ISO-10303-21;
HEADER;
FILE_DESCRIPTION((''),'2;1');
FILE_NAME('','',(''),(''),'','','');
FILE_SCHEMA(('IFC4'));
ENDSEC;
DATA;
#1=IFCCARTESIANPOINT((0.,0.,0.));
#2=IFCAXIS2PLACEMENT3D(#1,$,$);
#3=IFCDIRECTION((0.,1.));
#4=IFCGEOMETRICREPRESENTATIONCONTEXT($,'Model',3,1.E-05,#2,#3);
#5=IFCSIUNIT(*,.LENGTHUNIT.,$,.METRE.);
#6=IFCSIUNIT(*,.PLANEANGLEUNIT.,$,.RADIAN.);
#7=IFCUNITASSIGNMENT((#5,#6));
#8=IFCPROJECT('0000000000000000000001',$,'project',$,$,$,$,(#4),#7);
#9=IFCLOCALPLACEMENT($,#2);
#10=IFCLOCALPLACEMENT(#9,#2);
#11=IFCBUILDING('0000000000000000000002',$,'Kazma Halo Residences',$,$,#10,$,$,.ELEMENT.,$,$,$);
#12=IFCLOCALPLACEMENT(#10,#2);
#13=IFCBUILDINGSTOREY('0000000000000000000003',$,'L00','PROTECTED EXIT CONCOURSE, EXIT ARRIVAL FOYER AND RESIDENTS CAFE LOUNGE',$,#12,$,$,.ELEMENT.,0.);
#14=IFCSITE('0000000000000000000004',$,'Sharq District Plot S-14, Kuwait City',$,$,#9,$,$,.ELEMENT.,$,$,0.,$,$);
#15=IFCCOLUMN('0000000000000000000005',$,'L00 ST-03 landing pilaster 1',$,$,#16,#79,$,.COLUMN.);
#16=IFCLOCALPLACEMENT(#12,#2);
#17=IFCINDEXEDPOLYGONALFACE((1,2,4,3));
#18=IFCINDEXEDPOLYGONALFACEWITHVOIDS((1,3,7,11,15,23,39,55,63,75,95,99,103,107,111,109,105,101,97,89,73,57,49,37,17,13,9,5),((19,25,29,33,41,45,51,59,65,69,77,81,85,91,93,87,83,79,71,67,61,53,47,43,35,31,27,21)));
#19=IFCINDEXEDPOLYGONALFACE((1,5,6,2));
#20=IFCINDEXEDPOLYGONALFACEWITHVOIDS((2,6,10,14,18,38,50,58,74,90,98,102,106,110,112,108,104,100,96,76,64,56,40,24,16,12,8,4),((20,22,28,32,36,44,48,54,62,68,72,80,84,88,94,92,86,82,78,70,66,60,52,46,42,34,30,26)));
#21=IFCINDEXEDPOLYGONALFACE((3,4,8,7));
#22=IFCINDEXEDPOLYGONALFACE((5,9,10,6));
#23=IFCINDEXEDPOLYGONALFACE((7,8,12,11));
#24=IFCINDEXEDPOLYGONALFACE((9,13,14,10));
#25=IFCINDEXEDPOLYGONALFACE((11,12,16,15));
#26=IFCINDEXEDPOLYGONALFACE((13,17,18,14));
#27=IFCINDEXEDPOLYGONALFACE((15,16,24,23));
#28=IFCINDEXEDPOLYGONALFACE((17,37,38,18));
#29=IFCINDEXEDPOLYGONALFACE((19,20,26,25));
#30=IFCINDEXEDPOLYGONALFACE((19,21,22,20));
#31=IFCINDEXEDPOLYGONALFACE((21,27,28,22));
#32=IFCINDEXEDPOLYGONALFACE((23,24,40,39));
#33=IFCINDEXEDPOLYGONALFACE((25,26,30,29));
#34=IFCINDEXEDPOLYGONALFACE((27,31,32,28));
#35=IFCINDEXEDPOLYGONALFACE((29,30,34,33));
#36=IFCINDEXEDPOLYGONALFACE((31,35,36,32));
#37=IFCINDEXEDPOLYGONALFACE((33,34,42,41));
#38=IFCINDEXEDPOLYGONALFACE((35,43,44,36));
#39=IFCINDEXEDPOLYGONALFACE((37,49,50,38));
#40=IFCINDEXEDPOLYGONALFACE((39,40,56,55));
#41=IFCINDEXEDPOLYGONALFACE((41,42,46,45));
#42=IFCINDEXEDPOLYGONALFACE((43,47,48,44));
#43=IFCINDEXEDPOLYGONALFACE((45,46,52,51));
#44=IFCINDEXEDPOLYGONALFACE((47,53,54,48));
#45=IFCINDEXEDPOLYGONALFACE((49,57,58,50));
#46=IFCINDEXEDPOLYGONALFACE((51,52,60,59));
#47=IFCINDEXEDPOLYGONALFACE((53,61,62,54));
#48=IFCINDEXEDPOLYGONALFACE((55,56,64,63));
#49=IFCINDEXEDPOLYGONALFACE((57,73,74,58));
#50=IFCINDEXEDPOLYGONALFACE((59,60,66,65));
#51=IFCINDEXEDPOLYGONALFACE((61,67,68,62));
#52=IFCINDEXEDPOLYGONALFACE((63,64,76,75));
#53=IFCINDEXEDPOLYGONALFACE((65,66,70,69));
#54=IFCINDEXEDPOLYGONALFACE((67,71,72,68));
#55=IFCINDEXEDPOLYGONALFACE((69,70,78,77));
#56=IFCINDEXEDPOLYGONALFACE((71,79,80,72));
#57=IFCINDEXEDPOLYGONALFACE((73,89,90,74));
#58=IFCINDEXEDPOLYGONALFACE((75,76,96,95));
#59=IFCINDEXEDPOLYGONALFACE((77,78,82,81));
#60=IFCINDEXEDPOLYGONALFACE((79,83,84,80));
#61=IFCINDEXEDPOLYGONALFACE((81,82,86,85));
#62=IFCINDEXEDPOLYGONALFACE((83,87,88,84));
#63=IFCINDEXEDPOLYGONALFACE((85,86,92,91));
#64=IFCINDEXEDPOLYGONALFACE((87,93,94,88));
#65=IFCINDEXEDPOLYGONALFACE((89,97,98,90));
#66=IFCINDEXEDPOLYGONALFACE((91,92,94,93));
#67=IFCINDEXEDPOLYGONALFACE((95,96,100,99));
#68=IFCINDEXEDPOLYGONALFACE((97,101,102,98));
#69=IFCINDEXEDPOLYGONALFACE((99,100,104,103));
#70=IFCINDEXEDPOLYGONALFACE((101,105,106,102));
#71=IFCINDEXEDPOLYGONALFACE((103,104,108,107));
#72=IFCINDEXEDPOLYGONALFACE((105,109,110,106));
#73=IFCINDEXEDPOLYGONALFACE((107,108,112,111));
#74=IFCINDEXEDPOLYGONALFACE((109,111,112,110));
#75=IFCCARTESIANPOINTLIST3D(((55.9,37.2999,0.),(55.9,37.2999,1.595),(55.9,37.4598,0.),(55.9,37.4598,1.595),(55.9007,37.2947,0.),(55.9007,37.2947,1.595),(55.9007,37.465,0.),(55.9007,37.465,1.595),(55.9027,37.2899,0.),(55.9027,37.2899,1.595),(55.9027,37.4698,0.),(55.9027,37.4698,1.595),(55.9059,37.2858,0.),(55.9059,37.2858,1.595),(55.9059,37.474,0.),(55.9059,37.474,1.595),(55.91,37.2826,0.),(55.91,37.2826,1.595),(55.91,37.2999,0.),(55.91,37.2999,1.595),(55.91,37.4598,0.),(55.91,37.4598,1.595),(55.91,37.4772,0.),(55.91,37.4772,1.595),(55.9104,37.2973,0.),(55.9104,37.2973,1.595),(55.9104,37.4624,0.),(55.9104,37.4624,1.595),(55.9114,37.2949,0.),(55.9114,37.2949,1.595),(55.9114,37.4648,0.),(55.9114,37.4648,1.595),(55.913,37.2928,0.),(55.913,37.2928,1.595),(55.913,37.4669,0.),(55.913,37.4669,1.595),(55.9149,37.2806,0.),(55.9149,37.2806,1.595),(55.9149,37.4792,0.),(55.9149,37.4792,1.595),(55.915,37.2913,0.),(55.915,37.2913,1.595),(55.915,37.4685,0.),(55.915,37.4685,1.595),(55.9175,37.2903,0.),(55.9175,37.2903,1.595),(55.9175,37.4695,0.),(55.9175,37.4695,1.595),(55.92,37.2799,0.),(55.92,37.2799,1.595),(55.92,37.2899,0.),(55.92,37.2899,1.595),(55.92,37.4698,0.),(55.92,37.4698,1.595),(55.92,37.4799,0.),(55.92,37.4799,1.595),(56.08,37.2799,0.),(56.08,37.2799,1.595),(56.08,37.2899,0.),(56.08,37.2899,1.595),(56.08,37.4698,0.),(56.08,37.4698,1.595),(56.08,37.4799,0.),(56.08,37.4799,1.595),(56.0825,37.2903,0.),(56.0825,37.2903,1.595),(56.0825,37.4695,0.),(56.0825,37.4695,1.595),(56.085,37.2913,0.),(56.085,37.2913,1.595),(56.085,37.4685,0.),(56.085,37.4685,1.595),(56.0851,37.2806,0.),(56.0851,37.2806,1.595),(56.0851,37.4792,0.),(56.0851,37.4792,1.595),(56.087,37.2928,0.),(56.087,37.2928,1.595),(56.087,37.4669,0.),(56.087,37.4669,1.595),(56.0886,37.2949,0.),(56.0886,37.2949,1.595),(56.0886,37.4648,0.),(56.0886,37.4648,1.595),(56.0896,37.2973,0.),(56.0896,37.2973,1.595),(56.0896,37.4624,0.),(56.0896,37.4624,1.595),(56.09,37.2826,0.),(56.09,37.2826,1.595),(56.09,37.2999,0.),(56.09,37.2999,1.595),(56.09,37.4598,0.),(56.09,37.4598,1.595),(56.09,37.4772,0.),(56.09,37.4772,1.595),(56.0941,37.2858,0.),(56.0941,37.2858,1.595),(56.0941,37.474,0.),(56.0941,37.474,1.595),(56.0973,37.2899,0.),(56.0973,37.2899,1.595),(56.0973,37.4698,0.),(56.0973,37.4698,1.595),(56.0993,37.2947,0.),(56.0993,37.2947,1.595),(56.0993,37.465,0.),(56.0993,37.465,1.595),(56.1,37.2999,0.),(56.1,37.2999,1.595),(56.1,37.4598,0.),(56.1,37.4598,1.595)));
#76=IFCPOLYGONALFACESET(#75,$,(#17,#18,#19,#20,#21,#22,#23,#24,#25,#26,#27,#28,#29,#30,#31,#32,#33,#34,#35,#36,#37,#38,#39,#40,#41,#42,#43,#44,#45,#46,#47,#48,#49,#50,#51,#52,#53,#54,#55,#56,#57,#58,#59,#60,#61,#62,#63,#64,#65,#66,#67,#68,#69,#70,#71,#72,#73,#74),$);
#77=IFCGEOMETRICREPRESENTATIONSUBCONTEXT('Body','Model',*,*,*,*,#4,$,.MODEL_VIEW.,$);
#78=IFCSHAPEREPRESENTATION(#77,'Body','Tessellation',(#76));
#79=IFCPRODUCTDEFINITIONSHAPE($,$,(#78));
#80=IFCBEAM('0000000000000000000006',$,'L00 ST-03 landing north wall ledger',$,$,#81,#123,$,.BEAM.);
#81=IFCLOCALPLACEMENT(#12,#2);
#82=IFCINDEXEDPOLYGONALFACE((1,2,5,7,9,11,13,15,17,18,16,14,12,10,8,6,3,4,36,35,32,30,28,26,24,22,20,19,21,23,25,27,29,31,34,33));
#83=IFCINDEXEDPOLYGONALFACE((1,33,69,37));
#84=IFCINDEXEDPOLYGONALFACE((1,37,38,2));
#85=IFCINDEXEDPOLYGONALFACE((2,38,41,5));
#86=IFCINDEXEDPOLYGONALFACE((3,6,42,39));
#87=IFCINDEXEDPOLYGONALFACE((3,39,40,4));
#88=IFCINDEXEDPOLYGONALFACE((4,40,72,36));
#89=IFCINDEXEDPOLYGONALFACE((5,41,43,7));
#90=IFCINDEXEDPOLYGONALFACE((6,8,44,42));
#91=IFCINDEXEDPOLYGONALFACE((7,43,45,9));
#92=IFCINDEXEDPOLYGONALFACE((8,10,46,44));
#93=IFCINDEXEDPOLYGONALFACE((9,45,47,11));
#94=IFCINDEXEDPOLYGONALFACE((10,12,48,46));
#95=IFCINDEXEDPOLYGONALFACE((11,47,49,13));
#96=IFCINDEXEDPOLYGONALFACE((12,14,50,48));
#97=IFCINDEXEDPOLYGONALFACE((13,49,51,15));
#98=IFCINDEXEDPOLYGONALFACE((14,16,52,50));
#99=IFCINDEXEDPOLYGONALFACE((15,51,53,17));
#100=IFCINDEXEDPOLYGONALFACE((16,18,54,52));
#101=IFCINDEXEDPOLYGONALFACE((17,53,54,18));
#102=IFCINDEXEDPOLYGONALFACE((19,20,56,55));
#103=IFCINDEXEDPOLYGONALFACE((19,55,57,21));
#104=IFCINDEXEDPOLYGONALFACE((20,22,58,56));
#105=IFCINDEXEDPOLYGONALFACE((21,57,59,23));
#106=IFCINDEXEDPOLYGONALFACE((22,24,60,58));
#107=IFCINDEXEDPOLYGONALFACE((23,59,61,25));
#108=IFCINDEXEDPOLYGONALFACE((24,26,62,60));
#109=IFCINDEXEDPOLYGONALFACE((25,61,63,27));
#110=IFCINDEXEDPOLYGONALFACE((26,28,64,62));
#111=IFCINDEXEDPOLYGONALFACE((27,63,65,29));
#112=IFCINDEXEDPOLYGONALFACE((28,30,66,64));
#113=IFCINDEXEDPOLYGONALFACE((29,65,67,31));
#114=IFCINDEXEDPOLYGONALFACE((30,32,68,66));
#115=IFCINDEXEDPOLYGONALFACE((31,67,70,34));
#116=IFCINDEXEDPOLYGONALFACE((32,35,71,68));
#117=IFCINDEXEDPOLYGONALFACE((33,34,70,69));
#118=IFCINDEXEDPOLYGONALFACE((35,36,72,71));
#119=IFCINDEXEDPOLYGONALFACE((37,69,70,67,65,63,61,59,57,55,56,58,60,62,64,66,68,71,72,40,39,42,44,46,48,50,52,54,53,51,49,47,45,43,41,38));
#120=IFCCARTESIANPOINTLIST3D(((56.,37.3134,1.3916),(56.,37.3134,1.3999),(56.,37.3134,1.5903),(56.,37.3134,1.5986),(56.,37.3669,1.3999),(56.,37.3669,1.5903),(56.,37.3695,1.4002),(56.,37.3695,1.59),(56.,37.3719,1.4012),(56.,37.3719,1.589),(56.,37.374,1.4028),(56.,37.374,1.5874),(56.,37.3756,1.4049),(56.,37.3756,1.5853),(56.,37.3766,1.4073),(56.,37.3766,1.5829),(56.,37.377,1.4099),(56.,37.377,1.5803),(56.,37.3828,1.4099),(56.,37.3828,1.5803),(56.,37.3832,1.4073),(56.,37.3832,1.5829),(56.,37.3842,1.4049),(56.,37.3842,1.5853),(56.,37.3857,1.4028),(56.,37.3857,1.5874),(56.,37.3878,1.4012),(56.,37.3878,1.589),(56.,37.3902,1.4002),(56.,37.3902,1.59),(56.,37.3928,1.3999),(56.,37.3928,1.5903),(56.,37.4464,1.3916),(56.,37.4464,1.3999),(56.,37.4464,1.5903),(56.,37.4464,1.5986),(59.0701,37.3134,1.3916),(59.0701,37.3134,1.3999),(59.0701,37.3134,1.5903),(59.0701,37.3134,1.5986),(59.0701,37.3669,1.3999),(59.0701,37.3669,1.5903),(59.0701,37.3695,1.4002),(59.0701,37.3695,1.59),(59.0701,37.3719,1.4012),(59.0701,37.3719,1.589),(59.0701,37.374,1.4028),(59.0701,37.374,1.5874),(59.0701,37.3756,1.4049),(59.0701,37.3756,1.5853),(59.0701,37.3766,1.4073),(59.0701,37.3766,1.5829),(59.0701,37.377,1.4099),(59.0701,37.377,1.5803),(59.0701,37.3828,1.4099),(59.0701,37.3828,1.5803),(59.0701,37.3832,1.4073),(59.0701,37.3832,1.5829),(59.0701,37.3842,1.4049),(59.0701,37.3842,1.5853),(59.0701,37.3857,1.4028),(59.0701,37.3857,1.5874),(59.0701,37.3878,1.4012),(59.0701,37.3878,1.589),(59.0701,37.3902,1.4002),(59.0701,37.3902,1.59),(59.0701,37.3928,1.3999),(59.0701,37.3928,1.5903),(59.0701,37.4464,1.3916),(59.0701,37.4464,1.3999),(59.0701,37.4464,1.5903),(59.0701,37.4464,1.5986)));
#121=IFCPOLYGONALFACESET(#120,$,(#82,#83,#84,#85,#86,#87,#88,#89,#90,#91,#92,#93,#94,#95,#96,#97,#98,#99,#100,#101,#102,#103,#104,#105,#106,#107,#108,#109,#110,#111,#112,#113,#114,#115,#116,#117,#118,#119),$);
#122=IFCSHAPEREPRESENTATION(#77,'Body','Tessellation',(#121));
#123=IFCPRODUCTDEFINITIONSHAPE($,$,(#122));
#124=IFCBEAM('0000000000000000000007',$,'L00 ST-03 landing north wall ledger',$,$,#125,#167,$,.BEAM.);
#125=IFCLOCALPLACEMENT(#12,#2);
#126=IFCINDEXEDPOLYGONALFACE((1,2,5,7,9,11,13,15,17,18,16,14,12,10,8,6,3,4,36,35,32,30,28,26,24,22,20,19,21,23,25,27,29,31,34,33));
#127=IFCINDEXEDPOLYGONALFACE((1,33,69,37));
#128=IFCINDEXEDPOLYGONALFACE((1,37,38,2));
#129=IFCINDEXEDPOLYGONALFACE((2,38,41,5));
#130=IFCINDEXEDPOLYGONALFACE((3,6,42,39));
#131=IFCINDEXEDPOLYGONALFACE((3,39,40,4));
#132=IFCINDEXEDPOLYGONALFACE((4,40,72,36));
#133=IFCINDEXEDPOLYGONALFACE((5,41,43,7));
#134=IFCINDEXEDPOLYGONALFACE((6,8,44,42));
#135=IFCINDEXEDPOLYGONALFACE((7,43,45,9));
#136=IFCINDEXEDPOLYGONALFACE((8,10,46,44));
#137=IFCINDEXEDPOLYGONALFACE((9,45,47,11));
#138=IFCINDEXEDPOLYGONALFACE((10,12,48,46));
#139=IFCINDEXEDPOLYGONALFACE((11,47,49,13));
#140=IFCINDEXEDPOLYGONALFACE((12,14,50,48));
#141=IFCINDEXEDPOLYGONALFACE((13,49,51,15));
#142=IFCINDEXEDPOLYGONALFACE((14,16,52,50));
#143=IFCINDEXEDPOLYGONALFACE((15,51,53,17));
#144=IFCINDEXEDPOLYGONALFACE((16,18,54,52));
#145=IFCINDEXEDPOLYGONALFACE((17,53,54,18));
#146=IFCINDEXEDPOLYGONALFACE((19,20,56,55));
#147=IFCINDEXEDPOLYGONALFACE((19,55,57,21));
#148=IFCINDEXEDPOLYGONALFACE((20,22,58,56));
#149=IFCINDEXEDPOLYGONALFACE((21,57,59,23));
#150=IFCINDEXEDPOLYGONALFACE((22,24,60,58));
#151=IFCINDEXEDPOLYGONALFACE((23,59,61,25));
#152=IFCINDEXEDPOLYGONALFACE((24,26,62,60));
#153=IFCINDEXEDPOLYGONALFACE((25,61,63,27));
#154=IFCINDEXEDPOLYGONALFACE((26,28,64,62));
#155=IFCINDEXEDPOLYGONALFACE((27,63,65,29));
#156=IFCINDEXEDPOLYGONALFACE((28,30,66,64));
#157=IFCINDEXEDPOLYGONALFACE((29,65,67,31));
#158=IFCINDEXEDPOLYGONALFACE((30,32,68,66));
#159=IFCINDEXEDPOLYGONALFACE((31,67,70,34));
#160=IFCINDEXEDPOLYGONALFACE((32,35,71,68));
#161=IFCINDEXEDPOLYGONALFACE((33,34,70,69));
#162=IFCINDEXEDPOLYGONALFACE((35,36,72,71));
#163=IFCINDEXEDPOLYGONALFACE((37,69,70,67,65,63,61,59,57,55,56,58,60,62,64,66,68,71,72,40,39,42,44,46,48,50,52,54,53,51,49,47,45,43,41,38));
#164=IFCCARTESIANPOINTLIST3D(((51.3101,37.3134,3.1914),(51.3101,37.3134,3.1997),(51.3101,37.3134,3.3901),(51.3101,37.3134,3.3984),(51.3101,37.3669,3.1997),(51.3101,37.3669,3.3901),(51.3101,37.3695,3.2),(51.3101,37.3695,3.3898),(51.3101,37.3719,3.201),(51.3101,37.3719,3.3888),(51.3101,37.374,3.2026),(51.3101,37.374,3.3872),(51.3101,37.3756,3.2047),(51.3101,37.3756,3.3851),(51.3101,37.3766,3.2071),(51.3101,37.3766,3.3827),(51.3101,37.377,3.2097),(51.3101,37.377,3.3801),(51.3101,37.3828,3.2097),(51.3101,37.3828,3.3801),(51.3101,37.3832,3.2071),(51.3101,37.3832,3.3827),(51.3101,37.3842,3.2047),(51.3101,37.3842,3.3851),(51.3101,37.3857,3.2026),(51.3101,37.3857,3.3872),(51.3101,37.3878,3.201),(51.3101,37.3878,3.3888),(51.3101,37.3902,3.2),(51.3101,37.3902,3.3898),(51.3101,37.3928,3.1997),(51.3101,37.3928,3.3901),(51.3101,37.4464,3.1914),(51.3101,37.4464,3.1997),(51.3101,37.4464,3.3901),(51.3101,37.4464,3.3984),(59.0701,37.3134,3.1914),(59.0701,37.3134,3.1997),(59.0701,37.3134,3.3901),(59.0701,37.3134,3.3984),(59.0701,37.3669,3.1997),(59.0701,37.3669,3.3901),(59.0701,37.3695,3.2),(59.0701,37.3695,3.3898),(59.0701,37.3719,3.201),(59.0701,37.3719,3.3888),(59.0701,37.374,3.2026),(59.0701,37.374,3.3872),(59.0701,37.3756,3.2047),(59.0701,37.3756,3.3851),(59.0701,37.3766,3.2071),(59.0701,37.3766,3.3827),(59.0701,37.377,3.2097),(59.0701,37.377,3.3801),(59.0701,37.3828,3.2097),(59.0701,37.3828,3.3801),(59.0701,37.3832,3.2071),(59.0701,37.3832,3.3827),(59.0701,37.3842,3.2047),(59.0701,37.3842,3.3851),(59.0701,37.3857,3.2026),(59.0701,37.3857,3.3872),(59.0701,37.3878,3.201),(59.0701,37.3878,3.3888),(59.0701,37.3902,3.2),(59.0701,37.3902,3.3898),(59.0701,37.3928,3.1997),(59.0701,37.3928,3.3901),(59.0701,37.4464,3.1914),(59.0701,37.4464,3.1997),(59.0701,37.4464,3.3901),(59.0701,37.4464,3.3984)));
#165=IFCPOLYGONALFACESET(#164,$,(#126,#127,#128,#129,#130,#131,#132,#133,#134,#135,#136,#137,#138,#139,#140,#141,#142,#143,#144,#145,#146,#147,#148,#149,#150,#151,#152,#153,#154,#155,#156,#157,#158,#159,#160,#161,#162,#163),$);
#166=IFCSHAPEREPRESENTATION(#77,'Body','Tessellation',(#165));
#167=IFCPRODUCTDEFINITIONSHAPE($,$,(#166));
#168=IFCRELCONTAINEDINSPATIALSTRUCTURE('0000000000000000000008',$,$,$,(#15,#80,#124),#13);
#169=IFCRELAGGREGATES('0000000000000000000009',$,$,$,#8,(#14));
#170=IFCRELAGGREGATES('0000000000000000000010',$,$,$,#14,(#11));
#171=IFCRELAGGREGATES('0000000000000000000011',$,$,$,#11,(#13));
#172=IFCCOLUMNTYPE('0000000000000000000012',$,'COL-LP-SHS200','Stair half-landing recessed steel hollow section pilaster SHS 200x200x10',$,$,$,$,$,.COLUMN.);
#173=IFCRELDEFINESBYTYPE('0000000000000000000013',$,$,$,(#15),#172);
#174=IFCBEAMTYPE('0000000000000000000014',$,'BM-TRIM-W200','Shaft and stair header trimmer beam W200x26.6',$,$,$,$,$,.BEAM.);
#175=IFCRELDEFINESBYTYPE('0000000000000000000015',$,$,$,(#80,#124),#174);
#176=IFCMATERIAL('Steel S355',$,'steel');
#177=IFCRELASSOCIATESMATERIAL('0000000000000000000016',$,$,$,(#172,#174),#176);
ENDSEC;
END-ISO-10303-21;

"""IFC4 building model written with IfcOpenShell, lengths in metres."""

from ifc_helpers import new_model, si_unit, direction, frame, origin, origin_2d, place, context, subcontext, project, spatial, hollow_rectangle, i_section, extrude, material, material_profile, profile_set, type_object, element, save


model = new_model("IFC4")

# Units and contexts
model_context = context("Model", 3, precision=1e-05, world=origin(), true_north=direction((0.0, 1.0)))
body_context = subcontext(model_context, "Body", "Model", "MODEL_VIEW")
ifc_project = project(units=[si_unit("LENGTHUNIT", "METRE"), si_unit("PLANEANGLEUNIT", "RADIAN")], contexts=[model_context])

# Site, building, storey
site_placement = place(None, origin())
site = spatial("IfcSite", under=ifc_project, at=site_placement, Name="Sharq District Plot S-14, Kuwait City", CompositionType="ELEMENT", RefElevation=0.0)
building_placement = place(site_placement, origin())
building = spatial("IfcBuilding", under=site, at=building_placement, Name="Kazma Halo Residences", CompositionType="ELEMENT")
storey_placement = place(building_placement, origin())
storey = spatial("IfcBuildingStorey", under=building, at=storey_placement, Name="L00", Description="PROTECTED EXIT CONCOURSE, EXIT ARRIVAL FOYER AND RESIDENTS CAFE LOUNGE", CompositionType="ELEMENT", Elevation=0.0)

# Column
ifc_material_1 = material(Name="Steel S355", Category="steel")
ifc_material_profile_1 = material_profile(ifc_material_1, hollow_rectangle(XDim=0.2, YDim=0.2, WallThickness=0.01, InnerFilletRadius=0.01, OuterFilletRadius=0.02, at=origin_2d()), Name="SHS200x200x10")
ifc_profile_set_1 = profile_set([ifc_material_profile_1], Name="Steel S355")
column_type = type_object("IfcColumnType", Name="COL-LP-SHS200", Description="Stair half-landing recessed steel hollow section pilaster SHS 200x200x10", PredefinedType="COLUMN", material=ifc_profile_set_1)
column_placement = place(storey_placement, frame((56.0, 37.3799, 0.0), z_axis=(0.0, 0.0, 1.0), x_axis=(1.0, 0.0, 0.0)))
element("IfcColumn", 1, at=column_placement, inside=storey, type_object=column_type, Name="L00 ST-03 landing pilaster 1", PredefinedType="COLUMN", context=body_context, shape_type="SweptSolid", body=[
    extrude(hollow_rectangle(XDim=0.2, YDim=0.2, WallThickness=0.01, InnerFilletRadius=0.01, OuterFilletRadius=0.02, at=origin_2d()), origin(), (0.0, 0.0, 1.0), 1.595),
])

# Beams
ifc_material_profile_2 = material_profile(ifc_material_1, i_section(OverallWidth=0.1331, OverallDepth=0.207, WebThickness=0.0059, FlangeThickness=0.0083, FilletRadius=0.01, at=origin_2d()), Name="W200x26.6")
ifc_profile_set_2 = profile_set([ifc_material_profile_2], Name="Steel S355")
beam_type = type_object("IfcBeamType", Name="BM-TRIM-W200", Description="Shaft and stair header trimmer beam W200x26.6", PredefinedType="BEAM", material=ifc_profile_set_2)
beam_1_placement = place(storey_placement, frame((56.0, 37.3799, 1.4951), z_axis=(1.0, 0.0, 0.0), x_axis=(0.0, 1.0, 0.0)))
element("IfcBeam", 2, at=beam_1_placement, inside=storey, type_object=beam_type, Name="L00 ST-03 landing north wall ledger", PredefinedType="BEAM", context=body_context, shape_type="SweptSolid", body=[
    extrude(i_section(OverallWidth=0.1331, OverallDepth=0.207, WebThickness=0.0059, FlangeThickness=0.0083, FilletRadius=0.01, at=origin_2d()), origin(), (0.0, 0.0, 1.0), 3.0701),
])
beam_2_placement = place(storey_placement, frame((51.3101, 37.3799, 3.2949), z_axis=(1.0, 0.0, 0.0), x_axis=(0.0, 1.0, 0.0)))
element("IfcBeam", 3, at=beam_2_placement, inside=storey, type_object=beam_type, Name="L00 ST-03 landing north wall ledger", PredefinedType="BEAM", context=body_context, shape_type="SweptSolid", body=[
    extrude(i_section(OverallWidth=0.1331, OverallDepth=0.207, WebThickness=0.0059, FlangeThickness=0.0083, FilletRadius=0.01, at=origin_2d()), origin(), (0.0, 0.0, 1.0), 7.76),
])

save(model, "model.ifc")
